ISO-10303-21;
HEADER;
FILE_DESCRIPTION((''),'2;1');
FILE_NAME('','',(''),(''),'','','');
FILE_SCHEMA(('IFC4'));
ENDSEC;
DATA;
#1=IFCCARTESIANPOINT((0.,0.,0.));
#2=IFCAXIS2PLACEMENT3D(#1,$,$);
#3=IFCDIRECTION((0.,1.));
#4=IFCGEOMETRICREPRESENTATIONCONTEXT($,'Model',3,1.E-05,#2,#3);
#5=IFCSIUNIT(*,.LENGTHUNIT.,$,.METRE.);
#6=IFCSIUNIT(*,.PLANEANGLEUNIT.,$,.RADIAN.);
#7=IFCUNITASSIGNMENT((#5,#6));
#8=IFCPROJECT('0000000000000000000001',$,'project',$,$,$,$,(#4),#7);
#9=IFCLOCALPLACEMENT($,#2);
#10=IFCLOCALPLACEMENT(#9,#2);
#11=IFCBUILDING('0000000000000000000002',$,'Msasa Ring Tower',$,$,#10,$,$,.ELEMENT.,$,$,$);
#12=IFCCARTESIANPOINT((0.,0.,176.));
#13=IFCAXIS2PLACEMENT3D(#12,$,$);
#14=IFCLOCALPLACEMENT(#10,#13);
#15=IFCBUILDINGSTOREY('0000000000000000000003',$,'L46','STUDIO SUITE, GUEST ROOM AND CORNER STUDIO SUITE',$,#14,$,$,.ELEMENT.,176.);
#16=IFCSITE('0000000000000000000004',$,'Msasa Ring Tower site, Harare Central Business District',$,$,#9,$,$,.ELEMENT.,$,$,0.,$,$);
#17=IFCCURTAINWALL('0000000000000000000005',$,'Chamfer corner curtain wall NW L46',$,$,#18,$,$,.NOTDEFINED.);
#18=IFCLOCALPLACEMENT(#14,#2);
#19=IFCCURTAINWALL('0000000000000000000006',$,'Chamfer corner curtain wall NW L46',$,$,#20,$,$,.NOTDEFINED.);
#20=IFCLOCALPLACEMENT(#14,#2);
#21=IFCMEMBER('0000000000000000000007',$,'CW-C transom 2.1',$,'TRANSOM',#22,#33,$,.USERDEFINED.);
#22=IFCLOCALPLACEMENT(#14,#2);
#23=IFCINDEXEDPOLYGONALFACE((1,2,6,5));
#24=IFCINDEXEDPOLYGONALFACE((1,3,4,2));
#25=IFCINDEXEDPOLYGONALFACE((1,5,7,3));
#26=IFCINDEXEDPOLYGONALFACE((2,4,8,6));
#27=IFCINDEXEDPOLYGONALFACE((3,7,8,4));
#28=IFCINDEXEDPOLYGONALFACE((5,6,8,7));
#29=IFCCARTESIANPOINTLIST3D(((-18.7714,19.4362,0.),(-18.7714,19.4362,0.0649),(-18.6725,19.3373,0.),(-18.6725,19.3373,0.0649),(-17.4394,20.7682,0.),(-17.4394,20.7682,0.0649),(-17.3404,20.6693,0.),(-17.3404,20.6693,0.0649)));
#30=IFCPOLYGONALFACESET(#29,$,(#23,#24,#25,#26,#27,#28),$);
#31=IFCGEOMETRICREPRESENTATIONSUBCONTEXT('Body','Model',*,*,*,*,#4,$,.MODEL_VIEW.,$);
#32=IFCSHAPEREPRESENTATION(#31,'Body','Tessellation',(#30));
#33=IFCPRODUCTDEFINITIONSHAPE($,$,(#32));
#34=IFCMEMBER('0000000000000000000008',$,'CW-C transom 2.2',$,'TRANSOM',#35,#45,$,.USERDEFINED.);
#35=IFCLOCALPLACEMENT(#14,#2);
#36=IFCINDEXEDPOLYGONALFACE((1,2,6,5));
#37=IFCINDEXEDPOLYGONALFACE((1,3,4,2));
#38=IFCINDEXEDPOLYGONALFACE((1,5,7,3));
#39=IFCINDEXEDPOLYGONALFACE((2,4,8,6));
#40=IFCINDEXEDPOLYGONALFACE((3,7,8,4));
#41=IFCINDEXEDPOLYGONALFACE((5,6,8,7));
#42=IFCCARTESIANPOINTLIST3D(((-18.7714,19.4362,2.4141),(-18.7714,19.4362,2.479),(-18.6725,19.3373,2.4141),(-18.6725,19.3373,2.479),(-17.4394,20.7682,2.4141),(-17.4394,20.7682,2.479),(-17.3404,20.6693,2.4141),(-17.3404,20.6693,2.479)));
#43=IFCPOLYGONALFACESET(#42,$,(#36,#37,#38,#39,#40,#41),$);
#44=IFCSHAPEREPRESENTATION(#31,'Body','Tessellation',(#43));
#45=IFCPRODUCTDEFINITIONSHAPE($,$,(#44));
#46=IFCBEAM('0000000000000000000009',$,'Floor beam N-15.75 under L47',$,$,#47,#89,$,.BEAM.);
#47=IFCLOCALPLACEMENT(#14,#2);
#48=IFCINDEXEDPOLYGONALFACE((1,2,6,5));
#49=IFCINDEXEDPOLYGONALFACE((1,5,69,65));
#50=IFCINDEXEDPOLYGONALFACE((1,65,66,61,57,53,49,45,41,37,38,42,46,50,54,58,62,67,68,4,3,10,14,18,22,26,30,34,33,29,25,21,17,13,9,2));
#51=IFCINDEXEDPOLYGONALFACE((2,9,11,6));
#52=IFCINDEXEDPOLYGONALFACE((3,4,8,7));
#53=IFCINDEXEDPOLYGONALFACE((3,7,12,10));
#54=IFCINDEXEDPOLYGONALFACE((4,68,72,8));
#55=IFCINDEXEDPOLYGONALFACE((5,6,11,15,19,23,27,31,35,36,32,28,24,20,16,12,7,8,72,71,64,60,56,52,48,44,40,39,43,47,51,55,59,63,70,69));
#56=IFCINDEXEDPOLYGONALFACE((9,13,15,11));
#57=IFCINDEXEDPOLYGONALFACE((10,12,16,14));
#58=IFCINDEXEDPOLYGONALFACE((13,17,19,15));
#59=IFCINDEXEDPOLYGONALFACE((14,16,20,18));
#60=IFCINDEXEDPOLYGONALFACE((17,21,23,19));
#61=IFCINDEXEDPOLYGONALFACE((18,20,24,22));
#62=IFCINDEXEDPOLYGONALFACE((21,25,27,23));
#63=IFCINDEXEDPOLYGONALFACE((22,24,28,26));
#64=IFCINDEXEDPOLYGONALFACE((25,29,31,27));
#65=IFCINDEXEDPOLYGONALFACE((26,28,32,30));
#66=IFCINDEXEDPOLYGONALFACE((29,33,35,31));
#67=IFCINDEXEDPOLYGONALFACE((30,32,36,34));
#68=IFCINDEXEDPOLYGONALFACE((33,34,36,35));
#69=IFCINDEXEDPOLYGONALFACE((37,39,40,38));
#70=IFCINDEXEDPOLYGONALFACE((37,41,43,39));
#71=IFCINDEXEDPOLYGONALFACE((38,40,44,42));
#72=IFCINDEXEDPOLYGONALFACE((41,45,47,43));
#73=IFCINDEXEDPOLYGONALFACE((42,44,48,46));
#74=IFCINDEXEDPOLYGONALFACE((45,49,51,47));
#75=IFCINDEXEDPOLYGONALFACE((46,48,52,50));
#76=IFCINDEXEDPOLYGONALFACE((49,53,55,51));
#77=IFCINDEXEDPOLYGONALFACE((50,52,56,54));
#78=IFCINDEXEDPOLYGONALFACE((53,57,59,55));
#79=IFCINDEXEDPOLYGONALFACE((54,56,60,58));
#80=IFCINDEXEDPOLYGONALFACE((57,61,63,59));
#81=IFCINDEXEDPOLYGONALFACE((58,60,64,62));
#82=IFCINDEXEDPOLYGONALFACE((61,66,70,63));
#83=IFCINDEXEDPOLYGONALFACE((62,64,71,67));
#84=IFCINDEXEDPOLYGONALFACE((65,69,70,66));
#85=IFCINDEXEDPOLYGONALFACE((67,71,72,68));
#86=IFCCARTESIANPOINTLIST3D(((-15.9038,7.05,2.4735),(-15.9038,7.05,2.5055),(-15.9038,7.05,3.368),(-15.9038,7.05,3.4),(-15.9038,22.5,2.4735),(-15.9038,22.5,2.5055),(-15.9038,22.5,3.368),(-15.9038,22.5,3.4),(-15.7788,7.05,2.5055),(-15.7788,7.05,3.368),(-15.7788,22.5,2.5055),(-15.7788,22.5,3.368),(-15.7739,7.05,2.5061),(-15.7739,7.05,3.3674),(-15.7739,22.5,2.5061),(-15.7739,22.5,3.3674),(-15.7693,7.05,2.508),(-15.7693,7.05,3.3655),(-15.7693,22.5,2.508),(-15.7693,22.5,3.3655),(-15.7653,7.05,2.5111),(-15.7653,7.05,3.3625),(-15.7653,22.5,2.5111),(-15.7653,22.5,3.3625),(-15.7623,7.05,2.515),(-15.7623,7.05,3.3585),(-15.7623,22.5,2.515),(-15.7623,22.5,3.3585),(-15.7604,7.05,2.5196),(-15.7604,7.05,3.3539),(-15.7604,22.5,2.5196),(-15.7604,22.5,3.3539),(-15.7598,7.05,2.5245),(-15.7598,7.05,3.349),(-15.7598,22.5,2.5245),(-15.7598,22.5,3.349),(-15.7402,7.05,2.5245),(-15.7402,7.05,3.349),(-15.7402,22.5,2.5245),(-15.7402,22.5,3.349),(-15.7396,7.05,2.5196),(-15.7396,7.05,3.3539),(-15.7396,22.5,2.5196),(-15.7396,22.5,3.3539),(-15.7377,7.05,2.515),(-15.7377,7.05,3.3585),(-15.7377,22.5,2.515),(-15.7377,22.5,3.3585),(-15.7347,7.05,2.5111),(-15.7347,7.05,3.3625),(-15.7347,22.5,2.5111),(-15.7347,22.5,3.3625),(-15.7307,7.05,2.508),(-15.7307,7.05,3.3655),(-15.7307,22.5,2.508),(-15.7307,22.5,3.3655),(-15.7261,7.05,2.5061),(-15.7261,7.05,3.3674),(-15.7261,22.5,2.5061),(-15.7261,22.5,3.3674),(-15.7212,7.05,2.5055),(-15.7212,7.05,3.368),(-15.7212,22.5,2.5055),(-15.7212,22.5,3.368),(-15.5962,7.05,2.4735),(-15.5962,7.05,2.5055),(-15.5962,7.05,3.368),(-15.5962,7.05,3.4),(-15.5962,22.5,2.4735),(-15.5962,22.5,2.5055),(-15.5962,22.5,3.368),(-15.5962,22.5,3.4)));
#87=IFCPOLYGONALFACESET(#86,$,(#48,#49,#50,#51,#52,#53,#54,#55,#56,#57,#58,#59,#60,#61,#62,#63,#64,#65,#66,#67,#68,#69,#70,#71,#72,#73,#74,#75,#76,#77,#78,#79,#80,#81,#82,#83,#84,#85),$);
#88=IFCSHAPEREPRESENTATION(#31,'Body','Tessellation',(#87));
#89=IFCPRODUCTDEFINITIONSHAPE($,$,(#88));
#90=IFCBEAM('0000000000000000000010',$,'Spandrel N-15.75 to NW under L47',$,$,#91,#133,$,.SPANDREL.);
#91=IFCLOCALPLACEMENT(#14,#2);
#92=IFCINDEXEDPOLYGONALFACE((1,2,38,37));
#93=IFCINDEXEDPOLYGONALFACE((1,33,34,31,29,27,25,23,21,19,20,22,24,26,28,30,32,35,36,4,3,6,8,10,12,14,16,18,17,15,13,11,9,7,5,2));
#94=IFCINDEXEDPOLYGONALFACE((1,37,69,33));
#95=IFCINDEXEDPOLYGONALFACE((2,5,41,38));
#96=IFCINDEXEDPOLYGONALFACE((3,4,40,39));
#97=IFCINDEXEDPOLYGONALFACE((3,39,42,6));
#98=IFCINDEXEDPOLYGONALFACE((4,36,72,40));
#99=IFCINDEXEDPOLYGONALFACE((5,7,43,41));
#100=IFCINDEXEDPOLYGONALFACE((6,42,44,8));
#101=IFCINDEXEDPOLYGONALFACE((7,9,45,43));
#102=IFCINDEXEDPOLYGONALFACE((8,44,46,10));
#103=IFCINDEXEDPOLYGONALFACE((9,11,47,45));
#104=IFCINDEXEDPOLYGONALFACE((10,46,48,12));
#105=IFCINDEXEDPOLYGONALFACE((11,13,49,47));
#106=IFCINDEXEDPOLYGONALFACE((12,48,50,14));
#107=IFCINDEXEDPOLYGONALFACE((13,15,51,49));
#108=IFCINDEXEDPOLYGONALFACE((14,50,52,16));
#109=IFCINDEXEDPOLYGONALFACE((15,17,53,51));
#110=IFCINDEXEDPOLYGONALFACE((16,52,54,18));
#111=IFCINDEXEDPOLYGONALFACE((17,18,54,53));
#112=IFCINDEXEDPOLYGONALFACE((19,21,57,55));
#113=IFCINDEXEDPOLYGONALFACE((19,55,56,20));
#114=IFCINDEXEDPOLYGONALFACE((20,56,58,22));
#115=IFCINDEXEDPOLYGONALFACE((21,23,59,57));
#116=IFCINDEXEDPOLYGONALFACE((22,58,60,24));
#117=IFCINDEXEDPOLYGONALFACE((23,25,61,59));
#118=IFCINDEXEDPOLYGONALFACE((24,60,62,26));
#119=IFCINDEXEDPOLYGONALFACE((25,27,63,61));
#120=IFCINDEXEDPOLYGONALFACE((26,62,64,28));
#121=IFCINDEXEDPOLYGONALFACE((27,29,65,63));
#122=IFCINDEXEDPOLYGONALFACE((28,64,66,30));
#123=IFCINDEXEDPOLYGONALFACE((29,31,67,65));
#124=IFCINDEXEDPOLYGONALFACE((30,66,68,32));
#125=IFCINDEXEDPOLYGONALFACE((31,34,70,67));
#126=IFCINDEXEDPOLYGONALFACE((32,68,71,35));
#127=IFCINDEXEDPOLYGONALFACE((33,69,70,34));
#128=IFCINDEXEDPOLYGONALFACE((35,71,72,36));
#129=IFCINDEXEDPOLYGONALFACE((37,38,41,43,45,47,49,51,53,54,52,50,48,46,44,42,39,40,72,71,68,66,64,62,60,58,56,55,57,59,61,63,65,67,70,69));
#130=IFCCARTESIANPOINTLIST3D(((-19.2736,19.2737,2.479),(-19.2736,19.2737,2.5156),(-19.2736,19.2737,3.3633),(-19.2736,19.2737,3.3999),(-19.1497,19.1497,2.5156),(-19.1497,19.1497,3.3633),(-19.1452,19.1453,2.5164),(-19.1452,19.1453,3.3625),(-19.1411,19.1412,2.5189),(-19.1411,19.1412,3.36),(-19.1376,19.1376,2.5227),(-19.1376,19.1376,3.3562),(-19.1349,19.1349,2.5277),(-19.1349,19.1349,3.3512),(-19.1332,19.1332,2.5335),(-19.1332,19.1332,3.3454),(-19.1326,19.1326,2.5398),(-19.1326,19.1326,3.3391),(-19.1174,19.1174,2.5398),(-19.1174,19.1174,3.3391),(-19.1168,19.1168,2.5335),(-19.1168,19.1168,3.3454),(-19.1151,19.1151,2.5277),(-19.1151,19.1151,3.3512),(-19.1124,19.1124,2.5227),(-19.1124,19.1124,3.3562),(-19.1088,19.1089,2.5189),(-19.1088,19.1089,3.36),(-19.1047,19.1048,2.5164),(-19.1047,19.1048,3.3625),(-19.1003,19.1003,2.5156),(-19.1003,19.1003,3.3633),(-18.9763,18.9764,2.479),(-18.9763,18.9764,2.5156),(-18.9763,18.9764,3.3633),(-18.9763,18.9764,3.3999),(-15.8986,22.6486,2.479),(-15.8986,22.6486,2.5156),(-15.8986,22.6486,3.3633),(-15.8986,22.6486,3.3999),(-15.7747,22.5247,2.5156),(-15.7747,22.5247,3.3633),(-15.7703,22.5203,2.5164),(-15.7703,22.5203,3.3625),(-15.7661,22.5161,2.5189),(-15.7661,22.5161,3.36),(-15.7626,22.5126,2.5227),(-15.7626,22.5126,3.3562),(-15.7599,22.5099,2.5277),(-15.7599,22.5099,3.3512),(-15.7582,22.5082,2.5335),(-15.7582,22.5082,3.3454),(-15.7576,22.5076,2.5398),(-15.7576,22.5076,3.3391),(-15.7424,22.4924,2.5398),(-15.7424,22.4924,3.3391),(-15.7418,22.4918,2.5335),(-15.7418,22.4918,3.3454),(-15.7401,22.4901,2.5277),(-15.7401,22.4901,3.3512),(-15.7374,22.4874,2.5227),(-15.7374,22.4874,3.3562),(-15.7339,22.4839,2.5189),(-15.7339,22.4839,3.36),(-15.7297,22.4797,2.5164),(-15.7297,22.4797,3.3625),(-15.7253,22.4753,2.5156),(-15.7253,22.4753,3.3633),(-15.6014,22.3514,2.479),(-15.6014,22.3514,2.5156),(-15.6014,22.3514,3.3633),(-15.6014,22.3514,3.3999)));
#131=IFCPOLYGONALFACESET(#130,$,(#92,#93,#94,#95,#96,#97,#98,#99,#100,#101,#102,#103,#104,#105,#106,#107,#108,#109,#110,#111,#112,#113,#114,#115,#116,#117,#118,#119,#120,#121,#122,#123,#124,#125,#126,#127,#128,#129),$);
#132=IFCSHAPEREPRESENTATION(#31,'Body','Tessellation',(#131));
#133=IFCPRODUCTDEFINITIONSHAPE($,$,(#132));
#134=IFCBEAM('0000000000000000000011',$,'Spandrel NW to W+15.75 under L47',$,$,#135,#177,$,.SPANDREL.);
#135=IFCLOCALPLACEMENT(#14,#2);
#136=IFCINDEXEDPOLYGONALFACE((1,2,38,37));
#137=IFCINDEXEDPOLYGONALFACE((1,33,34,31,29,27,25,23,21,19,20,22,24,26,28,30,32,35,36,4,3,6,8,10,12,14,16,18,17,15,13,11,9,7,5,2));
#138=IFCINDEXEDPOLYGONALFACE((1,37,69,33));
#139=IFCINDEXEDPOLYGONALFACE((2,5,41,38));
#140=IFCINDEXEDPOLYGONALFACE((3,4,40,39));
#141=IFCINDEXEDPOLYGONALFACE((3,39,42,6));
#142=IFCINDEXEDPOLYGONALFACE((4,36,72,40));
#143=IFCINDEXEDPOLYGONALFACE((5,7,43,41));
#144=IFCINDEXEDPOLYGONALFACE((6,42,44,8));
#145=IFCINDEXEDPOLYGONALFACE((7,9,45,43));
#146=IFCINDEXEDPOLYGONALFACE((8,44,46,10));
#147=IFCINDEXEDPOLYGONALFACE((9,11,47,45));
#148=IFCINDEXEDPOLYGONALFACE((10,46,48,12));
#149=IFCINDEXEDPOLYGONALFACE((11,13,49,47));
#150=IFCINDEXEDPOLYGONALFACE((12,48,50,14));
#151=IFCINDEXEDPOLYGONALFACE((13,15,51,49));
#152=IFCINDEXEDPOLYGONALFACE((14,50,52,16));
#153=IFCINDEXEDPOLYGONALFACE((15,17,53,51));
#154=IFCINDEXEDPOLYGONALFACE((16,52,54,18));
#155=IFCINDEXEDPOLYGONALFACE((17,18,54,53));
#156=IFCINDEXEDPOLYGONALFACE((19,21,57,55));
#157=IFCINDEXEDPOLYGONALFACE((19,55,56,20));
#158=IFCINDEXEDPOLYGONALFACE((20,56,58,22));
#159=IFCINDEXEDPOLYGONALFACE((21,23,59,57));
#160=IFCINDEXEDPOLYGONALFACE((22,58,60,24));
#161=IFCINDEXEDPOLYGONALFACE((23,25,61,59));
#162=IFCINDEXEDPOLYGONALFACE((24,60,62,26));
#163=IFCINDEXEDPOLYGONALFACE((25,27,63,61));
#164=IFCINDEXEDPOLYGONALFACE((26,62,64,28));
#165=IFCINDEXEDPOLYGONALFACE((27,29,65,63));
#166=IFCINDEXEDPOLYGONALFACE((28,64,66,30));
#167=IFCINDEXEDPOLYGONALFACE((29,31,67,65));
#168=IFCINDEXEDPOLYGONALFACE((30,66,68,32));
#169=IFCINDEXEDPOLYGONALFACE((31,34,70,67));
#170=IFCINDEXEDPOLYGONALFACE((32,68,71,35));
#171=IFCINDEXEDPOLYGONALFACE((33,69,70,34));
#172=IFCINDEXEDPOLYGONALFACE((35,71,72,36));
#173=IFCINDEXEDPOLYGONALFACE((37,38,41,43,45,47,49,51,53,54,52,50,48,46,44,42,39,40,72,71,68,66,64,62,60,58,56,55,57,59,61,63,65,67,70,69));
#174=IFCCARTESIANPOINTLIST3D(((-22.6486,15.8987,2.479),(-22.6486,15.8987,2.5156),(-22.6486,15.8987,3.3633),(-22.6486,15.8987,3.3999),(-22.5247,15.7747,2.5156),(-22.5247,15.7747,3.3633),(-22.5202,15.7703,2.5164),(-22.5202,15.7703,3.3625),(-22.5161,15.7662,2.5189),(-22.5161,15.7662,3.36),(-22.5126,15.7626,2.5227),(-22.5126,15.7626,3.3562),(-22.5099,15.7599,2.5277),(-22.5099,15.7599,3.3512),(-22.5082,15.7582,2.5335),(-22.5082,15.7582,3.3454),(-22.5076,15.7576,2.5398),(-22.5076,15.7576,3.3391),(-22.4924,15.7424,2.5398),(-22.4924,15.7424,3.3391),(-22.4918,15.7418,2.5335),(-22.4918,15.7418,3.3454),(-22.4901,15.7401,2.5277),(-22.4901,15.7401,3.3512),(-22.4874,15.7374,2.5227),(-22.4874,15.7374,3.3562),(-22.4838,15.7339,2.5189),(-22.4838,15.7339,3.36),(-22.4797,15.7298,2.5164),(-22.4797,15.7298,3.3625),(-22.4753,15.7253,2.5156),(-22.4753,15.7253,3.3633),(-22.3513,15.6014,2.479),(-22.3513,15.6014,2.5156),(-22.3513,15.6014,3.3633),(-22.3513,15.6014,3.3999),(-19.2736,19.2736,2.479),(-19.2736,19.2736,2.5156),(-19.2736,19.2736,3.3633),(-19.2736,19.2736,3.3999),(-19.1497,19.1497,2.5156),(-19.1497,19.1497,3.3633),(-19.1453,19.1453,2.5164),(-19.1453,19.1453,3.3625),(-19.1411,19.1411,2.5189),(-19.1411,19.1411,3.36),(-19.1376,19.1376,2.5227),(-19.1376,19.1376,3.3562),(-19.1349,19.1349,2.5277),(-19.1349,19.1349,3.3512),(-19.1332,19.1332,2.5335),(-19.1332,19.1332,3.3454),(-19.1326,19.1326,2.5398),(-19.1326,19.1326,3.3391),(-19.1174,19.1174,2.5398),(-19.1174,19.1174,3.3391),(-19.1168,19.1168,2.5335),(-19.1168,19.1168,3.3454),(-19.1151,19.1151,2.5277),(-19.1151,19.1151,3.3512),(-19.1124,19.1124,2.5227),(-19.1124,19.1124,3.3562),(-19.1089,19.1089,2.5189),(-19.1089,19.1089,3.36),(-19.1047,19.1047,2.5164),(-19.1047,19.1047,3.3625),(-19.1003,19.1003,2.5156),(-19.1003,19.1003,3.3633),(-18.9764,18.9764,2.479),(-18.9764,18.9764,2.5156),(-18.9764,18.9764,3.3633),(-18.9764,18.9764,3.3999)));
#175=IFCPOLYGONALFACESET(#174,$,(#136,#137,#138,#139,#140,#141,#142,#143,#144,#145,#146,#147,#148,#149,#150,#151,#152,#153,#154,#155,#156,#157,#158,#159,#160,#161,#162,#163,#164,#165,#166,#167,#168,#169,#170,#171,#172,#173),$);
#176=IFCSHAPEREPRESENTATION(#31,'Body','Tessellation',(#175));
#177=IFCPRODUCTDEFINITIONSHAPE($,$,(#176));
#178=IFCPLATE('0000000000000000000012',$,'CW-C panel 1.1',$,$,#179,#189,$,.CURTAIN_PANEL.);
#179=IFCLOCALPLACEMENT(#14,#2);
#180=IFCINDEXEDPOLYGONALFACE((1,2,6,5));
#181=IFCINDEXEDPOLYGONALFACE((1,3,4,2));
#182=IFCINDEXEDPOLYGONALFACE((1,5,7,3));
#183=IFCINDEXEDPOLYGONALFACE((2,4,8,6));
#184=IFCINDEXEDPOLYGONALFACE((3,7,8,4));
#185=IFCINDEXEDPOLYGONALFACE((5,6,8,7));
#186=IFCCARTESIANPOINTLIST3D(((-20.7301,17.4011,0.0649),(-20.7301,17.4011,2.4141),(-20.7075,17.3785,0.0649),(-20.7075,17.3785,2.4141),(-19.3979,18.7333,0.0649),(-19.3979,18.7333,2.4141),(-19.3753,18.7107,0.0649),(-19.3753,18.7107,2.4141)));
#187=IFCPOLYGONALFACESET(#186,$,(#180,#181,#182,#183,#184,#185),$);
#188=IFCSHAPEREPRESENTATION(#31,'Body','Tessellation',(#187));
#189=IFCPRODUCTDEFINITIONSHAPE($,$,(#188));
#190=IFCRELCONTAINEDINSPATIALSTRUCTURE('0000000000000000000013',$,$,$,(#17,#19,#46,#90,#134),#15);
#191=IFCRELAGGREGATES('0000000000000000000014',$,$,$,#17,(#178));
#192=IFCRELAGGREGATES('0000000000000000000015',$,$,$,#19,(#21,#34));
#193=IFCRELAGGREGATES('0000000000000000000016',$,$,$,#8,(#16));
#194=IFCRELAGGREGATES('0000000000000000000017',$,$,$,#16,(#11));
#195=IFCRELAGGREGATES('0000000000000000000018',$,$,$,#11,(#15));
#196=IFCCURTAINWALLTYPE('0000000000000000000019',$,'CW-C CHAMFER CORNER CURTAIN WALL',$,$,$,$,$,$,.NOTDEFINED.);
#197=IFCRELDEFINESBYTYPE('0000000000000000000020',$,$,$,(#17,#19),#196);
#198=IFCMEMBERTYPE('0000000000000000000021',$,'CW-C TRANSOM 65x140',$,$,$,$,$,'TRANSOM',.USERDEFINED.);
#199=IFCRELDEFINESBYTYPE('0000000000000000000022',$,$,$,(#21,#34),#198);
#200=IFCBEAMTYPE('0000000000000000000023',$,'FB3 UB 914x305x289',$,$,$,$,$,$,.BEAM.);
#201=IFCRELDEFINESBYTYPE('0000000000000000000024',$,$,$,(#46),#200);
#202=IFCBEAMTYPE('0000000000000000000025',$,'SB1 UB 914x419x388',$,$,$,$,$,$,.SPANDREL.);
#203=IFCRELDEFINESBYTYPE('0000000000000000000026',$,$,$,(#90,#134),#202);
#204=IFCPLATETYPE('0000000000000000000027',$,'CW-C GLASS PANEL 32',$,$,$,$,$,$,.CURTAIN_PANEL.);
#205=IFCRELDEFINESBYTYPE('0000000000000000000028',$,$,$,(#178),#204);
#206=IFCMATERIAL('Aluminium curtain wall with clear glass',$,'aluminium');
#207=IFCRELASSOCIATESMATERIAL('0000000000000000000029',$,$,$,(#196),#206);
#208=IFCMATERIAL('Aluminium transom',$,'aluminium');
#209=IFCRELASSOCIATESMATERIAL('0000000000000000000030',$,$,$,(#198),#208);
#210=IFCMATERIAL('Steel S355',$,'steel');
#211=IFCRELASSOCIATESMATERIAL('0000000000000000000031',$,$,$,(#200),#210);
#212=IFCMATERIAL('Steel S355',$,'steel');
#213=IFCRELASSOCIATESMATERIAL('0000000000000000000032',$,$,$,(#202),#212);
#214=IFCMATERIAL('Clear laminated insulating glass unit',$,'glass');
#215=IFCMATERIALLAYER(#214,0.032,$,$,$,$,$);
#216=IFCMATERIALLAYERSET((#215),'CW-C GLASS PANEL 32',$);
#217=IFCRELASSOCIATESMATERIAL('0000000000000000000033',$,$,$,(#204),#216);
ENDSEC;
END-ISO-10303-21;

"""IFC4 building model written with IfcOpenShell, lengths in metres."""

from ifc_helpers import new_model, si_unit, direction, frame, origin, origin_2d, place, context, subcontext, project, spatial, rectangle, i_section, extrude, material, layer, layer_set, material_profile, profile_set, type_object, element, aggregate, save


model = new_model("IFC4")

# Units and contexts
model_context = context("Model", 3, precision=1e-05, world=origin(), true_north=direction((0.0, 1.0)))
body_context = subcontext(model_context, "Body", "Model", "MODEL_VIEW")
ifc_project = project(units=[si_unit("LENGTHUNIT", "METRE"), si_unit("PLANEANGLEUNIT", "RADIAN")], contexts=[model_context])

# Site, building, storey
site_placement = place(None, origin())
site = spatial("IfcSite", under=ifc_project, at=site_placement, Name="Msasa Ring Tower site, Harare Central Business District", CompositionType="ELEMENT", RefElevation=0.0)
building_placement = place(site_placement, origin())
building = spatial("IfcBuilding", under=site, at=building_placement, Name="Msasa Ring Tower", CompositionType="ELEMENT")
storey_placement = place(building_placement, frame((0.0, 0.0, 176.0)))
storey = spatial("IfcBuildingStorey", under=building, at=storey_placement, Name="L46", Description="STUDIO SUITE, GUEST ROOM AND CORNER STUDIO SUITE", CompositionType="ELEMENT", Elevation=176.0)

# Curtain walls
ifc_material_1 = material(Name="Aluminium curtain wall with clear glass", Category="aluminium")
curtain_wall_type = type_object("IfcCurtainWallType", Name="CW-C CHAMFER CORNER CURTAIN WALL", PredefinedType="NOTDEFINED", material=ifc_material_1)
curtain_wall_1_placement = place(storey_placement, origin())
curtain_wall_1 = element("IfcCurtainWall", 1, at=curtain_wall_1_placement, inside=storey, type_object=curtain_wall_type, Name="Chamfer corner curtain wall NW L46", PredefinedType="NOTDEFINED")
curtain_wall_2_placement = place(storey_placement, origin())
curtain_wall_2 = element("IfcCurtainWall", 2, at=curtain_wall_2_placement, inside=storey, type_object=curtain_wall_type, Name="Chamfer corner curtain wall NW L46", PredefinedType="NOTDEFINED")

# Members
ifc_material_2 = material(Name="Aluminium transom", Category="aluminium")
ifc_material_profile_1 = material_profile(ifc_material_2, rectangle(XDim=0.1399, YDim=0.0649, at=origin_2d()), Name="AL 65x140")
ifc_profile_set_1 = profile_set([ifc_material_profile_1], Name="Aluminium transom")
member_type_1 = type_object("IfcMemberType", Name="CW-C TRANSOM 65x140", ElementType="TRANSOM", PredefinedType="USERDEFINED", material=ifc_profile_set_1)
member_1_placement = place(storey_placement, frame((-17.3899, 20.7188, 0.0325), z_axis=(-0.707107, -0.707107, 0.0), x_axis=(0.707107, -0.707107, 0.0)))
member_1 = element("IfcMember", 3, at=member_1_placement, type_object=member_type_1, Name="CW-C transom 2.1", ObjectType="TRANSOM", PredefinedType="USERDEFINED", context=body_context, shape_type="SweptSolid", body=[
    extrude(rectangle(XDim=0.1399, YDim=0.0649, at=origin_2d()), origin(), (0.0, 0.0, 1.0), 1.8838),
])
member_2_placement = place(storey_placement, frame((-17.3899, 20.7188, 2.4465), z_axis=(-0.707107, -0.707107, 0.0), x_axis=(0.707107, -0.707107, 0.0)))
member_2 = element("IfcMember", 4, at=member_2_placement, type_object=member_type_1, Name="CW-C transom 2.2", ObjectType="TRANSOM", PredefinedType="USERDEFINED", context=body_context, shape_type="SweptSolid", body=[
    extrude(rectangle(XDim=0.1399, YDim=0.0649, at=origin_2d()), origin(), (0.0, 0.0, 1.0), 1.8838),
])

# Beams
ifc_material_3 = material(Name="Steel S355", Category="steel")
ifc_material_profile_2 = material_profile(ifc_material_3, i_section(OverallWidth=0.3076, OverallDepth=0.9265, WebThickness=0.0195, FlangeThickness=0.032, FilletRadius=0.019, at=origin_2d()), Name="UB 914x305x289")
ifc_profile_set_2 = profile_set([ifc_material_profile_2], Name="Steel S355")
beam_type_1 = type_object("IfcBeamType", Name="FB3 UB 914x305x289", PredefinedType="BEAM", material=ifc_profile_set_2)
beam_placement = place(storey_placement, frame((-15.75, 22.5, 2.9368), z_axis=(0.0, -1.0, 0.0), x_axis=(1.0, 0.0, 0.0)))
element("IfcBeam", 5, at=beam_placement, inside=storey, type_object=beam_type_1, Name="Floor beam N-15.75 under L47", PredefinedType="BEAM", context=body_context, shape_type="SweptSolid", body=[
    extrude(i_section(OverallWidth=0.3076, OverallDepth=0.9265, WebThickness=0.0195, FlangeThickness=0.032, FilletRadius=0.019, at=origin_2d()), origin(), (0.0, 0.0, 1.0), 15.45),
])
ifc_material_4 = material(Name="Steel S355", Category="steel")
ifc_material_profile_3 = material_profile(ifc_material_4, i_section(OverallWidth=0.4204, OverallDepth=0.9209, WebThickness=0.0215, FlangeThickness=0.0366, FilletRadius=0.0242, at=origin_2d()), Name="UB 914x419x388")
ifc_profile_set_3 = profile_set([ifc_material_profile_3], Name="Steel S355")
beam_type_2 = type_object("IfcBeamType", Name="SB1 UB 914x419x388", PredefinedType="SPANDREL", material=ifc_profile_set_3)
for number, where, z_axis, x_axis, name in (
    (6, (-15.75, 22.5, 2.9395), (-0.707107, -0.707107, 0.0), (0.707107, -0.707107, 0.0), "Spandrel N-15.75 to NW under L47"),
    (7, (-19.125, 19.125, 2.9395), (-0.707107, -0.707107, 0.0), (0.707107, -0.707107, 0.0), "Spandrel NW to W+15.75 under L47"),
):
    element("IfcBeam", number, at=place(storey_placement, frame(where, z_axis=z_axis, x_axis=x_axis)), inside=storey, type_object=beam_type_2, Name=name, PredefinedType="SPANDREL", context=body_context, shape_type="SweptSolid", body=[
        extrude(i_section(OverallWidth=0.4204, OverallDepth=0.9209, WebThickness=0.0215, FlangeThickness=0.0366, FilletRadius=0.0242, at=origin_2d()), origin(), (0.0, 0.0, 1.0), 4.7729),
    ])

# Plate
ifc_material_5 = material(Name="Clear laminated insulating glass unit", Category="glass")
ifc_layer_1 = layer(ifc_material_5, 0.032)
ifc_layer_set_1 = layer_set([ifc_layer_1], Name="CW-C GLASS PANEL 32")
plate_type = type_object("IfcPlateType", Name="CW-C GLASS PANEL 32", PredefinedType="CURTAIN_PANEL", material=ifc_layer_set_1)
plate_1_placement = place(storey_placement, frame((-20.0527, 18.0559, 0.0649), z_axis=(0.0, 0.0, 1.0), x_axis=(-0.707107, -0.707107, 0.0)))
plate_1 = element("IfcPlate", 8, at=plate_1_placement, type_object=plate_type, Name="CW-C panel 1.1", PredefinedType="CURTAIN_PANEL", context=body_context, shape_type="SweptSolid", body=[
    extrude(rectangle(XDim=1.884, YDim=0.032, at=origin_2d()), origin(), (0.0, 0.0, 1.0), 2.3491),
])
aggregate(curtain_wall_1, [plate_1])
aggregate(curtain_wall_2, [member_1, member_2])

save(model, "model.ifc")
